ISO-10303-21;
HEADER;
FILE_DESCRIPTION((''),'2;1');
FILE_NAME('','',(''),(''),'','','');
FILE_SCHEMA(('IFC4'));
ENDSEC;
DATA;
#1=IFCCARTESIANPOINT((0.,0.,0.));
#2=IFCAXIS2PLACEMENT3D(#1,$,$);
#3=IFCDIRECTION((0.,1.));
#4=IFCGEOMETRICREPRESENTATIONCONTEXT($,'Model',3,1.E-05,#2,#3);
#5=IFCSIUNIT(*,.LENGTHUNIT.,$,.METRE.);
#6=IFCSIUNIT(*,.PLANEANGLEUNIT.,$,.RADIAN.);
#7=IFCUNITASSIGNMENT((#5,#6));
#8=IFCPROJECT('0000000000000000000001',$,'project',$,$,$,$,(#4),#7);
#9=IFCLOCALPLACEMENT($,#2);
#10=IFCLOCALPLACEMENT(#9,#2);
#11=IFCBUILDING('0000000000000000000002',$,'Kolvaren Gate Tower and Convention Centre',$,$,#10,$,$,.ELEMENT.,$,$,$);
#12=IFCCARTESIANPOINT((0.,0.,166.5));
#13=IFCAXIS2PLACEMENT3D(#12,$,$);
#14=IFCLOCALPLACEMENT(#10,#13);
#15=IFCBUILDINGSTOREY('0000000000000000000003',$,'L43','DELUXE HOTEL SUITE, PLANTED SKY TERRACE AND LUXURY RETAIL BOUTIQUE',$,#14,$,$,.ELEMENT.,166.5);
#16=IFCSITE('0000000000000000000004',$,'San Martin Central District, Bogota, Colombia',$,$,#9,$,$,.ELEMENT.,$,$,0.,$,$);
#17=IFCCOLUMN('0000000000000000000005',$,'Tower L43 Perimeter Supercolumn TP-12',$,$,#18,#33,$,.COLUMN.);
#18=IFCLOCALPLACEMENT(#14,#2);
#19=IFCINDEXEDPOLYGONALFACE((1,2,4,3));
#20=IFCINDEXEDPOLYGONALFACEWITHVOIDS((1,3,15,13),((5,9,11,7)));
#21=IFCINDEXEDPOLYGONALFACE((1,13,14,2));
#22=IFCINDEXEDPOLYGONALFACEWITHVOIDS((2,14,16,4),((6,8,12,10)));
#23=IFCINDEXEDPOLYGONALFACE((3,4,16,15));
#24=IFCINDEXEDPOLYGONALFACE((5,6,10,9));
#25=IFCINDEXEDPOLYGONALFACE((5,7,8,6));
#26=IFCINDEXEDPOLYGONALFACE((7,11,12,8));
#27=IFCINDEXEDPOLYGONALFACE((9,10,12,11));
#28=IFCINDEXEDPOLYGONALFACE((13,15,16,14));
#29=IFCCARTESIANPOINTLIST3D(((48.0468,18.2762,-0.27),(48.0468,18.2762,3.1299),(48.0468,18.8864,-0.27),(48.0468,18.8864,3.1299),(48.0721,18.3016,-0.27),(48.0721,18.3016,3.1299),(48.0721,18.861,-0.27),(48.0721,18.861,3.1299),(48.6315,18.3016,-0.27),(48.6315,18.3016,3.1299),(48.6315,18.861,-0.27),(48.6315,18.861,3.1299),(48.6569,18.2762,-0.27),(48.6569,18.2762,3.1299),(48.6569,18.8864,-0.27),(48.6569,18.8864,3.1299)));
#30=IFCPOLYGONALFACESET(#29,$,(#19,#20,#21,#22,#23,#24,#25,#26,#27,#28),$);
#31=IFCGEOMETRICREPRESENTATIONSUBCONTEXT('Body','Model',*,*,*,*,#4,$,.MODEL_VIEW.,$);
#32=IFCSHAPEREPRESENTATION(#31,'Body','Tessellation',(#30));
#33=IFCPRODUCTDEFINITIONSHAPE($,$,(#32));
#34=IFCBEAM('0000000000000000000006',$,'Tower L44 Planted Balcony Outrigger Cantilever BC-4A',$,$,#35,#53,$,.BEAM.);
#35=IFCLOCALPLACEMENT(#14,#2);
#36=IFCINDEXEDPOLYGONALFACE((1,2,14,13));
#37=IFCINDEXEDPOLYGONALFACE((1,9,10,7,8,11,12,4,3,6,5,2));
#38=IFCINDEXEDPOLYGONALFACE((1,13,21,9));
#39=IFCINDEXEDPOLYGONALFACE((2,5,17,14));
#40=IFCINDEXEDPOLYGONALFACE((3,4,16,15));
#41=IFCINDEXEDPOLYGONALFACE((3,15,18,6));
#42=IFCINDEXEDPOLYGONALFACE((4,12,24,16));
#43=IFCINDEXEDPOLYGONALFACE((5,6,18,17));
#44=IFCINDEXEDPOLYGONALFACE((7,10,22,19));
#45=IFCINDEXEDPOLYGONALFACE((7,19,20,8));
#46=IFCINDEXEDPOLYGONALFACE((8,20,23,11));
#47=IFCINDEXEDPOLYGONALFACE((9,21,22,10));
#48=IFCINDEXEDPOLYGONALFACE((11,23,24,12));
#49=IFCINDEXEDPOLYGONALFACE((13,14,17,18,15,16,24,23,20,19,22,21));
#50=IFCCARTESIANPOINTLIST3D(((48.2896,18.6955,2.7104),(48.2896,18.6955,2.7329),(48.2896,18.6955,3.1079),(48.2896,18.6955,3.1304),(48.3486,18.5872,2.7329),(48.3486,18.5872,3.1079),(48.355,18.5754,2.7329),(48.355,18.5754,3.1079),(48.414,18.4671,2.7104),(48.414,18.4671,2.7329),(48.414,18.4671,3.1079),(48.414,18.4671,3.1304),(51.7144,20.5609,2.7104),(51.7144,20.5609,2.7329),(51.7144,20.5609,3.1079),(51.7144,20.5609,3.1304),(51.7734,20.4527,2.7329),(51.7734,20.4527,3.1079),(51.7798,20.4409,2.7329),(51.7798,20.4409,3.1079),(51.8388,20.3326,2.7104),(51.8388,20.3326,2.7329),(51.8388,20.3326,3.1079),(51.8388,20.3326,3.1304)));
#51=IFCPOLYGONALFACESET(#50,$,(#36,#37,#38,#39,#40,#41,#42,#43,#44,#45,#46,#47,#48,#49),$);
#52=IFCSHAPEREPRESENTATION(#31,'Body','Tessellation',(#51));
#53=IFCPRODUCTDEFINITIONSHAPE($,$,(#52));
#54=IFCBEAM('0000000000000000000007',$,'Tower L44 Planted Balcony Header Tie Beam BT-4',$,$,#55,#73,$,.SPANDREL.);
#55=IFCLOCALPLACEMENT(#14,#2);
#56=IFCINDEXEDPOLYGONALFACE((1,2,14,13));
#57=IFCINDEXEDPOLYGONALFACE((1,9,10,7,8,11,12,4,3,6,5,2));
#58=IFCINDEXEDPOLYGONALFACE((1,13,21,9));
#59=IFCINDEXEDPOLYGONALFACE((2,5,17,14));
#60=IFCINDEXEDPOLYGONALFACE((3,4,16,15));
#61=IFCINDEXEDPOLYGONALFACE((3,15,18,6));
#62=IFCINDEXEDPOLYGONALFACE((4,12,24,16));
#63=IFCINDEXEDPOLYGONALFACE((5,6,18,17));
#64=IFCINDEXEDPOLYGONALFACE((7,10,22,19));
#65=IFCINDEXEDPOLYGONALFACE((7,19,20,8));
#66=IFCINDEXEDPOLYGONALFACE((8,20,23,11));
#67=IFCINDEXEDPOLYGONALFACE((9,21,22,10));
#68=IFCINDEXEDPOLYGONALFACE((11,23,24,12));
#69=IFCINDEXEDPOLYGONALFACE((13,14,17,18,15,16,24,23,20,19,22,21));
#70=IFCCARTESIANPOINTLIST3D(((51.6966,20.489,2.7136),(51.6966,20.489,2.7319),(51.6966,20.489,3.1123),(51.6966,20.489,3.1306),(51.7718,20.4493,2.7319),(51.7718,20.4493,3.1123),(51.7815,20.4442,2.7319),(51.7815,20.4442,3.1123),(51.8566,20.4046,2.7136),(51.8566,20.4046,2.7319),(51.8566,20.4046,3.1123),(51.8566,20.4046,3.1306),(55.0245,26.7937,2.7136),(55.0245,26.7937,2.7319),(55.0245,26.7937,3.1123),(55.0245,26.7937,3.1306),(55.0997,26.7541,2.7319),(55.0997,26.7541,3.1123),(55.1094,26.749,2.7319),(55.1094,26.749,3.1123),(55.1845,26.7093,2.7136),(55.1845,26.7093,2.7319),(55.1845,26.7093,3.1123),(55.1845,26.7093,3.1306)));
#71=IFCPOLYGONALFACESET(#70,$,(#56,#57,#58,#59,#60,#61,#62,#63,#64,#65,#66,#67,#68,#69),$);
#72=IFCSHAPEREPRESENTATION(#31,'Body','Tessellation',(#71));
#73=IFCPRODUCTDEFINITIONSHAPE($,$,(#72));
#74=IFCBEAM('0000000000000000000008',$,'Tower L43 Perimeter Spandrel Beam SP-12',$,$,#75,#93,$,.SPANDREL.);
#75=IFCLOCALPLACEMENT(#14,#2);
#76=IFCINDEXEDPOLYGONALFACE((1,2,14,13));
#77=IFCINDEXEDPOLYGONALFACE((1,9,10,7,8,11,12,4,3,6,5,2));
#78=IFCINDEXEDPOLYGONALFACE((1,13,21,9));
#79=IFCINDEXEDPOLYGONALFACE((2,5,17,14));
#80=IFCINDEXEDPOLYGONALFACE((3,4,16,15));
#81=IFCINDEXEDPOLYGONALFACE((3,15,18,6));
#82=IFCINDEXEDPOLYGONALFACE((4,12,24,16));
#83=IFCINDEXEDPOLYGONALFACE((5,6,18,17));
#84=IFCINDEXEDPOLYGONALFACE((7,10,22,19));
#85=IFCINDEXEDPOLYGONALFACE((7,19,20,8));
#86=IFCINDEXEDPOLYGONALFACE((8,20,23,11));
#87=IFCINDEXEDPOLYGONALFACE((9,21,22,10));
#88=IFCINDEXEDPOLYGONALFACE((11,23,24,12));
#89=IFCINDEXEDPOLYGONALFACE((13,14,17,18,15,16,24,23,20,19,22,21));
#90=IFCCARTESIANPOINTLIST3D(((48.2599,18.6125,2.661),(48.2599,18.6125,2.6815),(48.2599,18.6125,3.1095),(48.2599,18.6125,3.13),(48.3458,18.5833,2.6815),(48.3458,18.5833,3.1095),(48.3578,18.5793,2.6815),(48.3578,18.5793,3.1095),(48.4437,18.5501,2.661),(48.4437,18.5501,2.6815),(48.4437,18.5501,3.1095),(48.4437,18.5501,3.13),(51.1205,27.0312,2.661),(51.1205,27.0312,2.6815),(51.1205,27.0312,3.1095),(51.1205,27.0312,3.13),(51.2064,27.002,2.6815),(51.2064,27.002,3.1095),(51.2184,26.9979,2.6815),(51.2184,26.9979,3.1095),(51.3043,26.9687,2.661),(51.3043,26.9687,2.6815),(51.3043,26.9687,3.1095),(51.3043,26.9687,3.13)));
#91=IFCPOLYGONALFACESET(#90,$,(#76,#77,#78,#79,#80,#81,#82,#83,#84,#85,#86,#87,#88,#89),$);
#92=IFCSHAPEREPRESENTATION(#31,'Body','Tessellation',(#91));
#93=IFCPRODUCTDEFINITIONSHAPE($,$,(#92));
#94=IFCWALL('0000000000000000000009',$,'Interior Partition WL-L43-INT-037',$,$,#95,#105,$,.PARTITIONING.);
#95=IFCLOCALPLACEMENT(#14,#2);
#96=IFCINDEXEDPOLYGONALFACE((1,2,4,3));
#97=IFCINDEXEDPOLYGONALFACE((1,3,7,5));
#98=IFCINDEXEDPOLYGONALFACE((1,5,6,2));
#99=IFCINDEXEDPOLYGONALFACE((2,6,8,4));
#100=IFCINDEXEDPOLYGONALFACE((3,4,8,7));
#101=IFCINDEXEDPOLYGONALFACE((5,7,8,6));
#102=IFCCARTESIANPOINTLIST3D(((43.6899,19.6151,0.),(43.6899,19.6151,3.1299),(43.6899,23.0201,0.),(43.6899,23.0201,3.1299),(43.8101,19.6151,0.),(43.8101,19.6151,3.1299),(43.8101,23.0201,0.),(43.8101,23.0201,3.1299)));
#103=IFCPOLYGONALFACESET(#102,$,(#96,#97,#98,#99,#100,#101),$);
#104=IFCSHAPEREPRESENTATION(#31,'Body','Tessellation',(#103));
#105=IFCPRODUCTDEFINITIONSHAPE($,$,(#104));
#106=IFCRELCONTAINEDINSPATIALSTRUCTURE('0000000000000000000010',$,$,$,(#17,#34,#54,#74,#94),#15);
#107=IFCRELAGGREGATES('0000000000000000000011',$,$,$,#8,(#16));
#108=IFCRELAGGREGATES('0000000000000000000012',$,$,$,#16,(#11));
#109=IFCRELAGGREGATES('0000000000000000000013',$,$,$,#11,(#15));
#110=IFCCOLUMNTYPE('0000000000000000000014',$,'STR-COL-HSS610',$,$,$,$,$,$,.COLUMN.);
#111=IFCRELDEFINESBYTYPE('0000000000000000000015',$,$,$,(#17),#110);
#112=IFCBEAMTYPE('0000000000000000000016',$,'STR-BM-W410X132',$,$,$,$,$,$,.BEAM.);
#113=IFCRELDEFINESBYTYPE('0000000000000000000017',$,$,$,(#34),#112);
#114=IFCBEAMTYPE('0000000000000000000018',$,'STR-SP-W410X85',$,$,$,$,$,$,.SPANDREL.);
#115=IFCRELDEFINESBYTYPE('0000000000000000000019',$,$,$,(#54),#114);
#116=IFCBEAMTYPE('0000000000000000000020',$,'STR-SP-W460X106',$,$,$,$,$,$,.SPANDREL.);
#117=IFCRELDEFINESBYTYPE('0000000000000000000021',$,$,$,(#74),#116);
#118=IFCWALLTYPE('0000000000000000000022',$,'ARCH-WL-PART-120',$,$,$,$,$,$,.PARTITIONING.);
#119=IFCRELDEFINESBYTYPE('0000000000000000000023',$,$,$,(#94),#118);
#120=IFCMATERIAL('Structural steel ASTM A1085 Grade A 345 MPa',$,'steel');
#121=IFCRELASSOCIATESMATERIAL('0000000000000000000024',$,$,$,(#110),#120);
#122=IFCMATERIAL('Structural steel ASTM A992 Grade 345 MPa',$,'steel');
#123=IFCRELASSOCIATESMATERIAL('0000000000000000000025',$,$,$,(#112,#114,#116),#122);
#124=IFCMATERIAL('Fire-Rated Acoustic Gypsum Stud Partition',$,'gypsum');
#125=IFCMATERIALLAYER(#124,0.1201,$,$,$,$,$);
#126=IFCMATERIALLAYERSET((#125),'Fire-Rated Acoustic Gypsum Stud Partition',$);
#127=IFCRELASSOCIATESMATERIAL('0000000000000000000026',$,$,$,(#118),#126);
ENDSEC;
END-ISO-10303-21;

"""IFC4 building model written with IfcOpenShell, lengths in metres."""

from ifc_helpers import new_model, si_unit, direction, frame, frame_2d, origin, origin_2d, place, context, subcontext, project, spatial, rectangle, hollow_rectangle, i_section, extrude, material, layer, layer_set, material_profile, profile_set, type_object, element, save


model = new_model("IFC4")

# Units and contexts
model_context = context("Model", 3, precision=1e-05, world=origin(), true_north=direction((0.0, 1.0)))
body_context = subcontext(model_context, "Body", "Model", "MODEL_VIEW")
ifc_project = project(units=[si_unit("LENGTHUNIT", "METRE"), si_unit("PLANEANGLEUNIT", "RADIAN")], contexts=[model_context])

# Site, building, storey
site_placement = place(None, origin())
site = spatial("IfcSite", under=ifc_project, at=site_placement, Name="San Martin Central District, Bogota, Colombia", CompositionType="ELEMENT", RefElevation=0.0)
building_placement = place(site_placement, origin())
building = spatial("IfcBuilding", under=site, at=building_placement, Name="Kolvaren Gate Tower and Convention Centre", CompositionType="ELEMENT")
storey_placement = place(building_placement, frame((0.0, 0.0, 166.5)))
storey = spatial("IfcBuildingStorey", under=building, at=storey_placement, Name="L43", Description="DELUXE HOTEL SUITE, PLANTED SKY TERRACE AND LUXURY RETAIL BOUTIQUE", CompositionType="ELEMENT", Elevation=166.5)

# Column
ifc_material_1 = material(Name="Structural steel ASTM A1085 Grade A 345 MPa", Category="steel")
ifc_material_profile_1 = material_profile(ifc_material_1, hollow_rectangle(XDim=0.6101, YDim=0.6101, WallThickness=0.0254, at=origin_2d()), Name="HSS610X610X25.4")
ifc_profile_set_1 = profile_set([ifc_material_profile_1], Name="Structural steel ASTM A1085 Grade A 345 MPa")
column_type = type_object("IfcColumnType", Name="STR-COL-HSS610", PredefinedType="COLUMN", material=ifc_profile_set_1)
column_placement = place(storey_placement, frame((48.3518, 18.5813, -0.27), z_axis=(0.0, 0.0, 1.0), x_axis=(1.0, 0.0, 0.0)))
element("IfcColumn", 1, at=column_placement, inside=storey, type_object=column_type, Name="Tower L43 Perimeter Supercolumn TP-12", PredefinedType="COLUMN", context=body_context, shape_type="SweptSolid", body=[
    extrude(hollow_rectangle(XDim=0.6101, YDim=0.6101, WallThickness=0.0254, at=origin_2d()), origin(), (0.0, 0.0, 1.0), 3.3999),
])

# Beams
ifc_material_2 = material(Name="Structural steel ASTM A992 Grade 345 MPa", Category="steel")
ifc_material_profile_2 = material_profile(ifc_material_2, i_section(OverallWidth=0.26, OverallDepth=0.4199, WebThickness=0.0134, FlangeThickness=0.0225, at=origin_2d()), Name="W410X132")
ifc_profile_set_2 = profile_set([ifc_material_profile_2], Name="Structural steel ASTM A992 Grade 345 MPa")
beam_type_1 = type_object("IfcBeamType", Name="STR-BM-W410X132", PredefinedType="BEAM", material=ifc_profile_set_2)
beam_1_placement = place(storey_placement, frame((48.3518, 18.5813, 2.9204), z_axis=(0.878175, 0.478339, 0.0), x_axis=(-0.478339, 0.878175, 0.0)))
element("IfcBeam", 2, at=beam_1_placement, inside=storey, type_object=beam_type_1, Name="Tower L44 Planted Balcony Outrigger Cantilever BC-4A", PredefinedType="BEAM", context=body_context, shape_type="SweptSolid", body=[
    extrude(i_section(OverallWidth=0.26, OverallDepth=0.4199, WebThickness=0.0134, FlangeThickness=0.0225, at=origin_2d()), origin(), (0.0, 0.0, 1.0), 3.8999),
])
ifc_material_profile_3 = material_profile(ifc_material_2, i_section(OverallWidth=0.1809, OverallDepth=0.417, WebThickness=0.011, FlangeThickness=0.0183, at=origin_2d()), Name="W410X85")
ifc_profile_set_3 = profile_set([ifc_material_profile_3], Name="Structural steel ASTM A992 Grade 345 MPa")
beam_type_2 = type_object("IfcBeamType", Name="STR-SP-W410X85", PredefinedType="SPANDREL", material=ifc_profile_set_3)
beam_2_placement = place(storey_placement, frame((51.7766, 20.4468, 2.9221), z_axis=(0.466803, 0.884361, 0.0), x_axis=(-0.884361, 0.466803, 0.0)))
element("IfcBeam", 3, at=beam_2_placement, inside=storey, type_object=beam_type_2, Name="Tower L44 Planted Balcony Header Tie Beam BT-4", PredefinedType="SPANDREL", context=body_context, shape_type="SweptSolid", body=[
    extrude(i_section(OverallWidth=0.1809, OverallDepth=0.417, WebThickness=0.011, FlangeThickness=0.0183, at=origin_2d()), origin(), (0.0, 0.0, 1.0), 7.1292),
])
ifc_material_profile_4 = material_profile(ifc_material_2, i_section(OverallWidth=0.1941, OverallDepth=0.469, WebThickness=0.0127, FlangeThickness=0.0205, at=origin_2d()), Name="W460X106")
ifc_profile_set_4 = profile_set([ifc_material_profile_4], Name="Structural steel ASTM A992 Grade 345 MPa")
beam_type_3 = type_object("IfcBeamType", Name="STR-SP-W460X106", PredefinedType="SPANDREL", material=ifc_profile_set_4)
beam_3_placement = place(storey_placement, frame((48.3518, 18.5813, 2.8955), z_axis=(0.321725, 0.946833, 0.0), x_axis=(-0.946833, 0.321725, 0.0)))
element("IfcBeam", 4, at=beam_3_placement, inside=storey, type_object=beam_type_3, Name="Tower L43 Perimeter Spandrel Beam SP-12", PredefinedType="SPANDREL", context=body_context, shape_type="SweptSolid", body=[
    extrude(i_section(OverallWidth=0.1941, OverallDepth=0.469, WebThickness=0.0127, FlangeThickness=0.0205, at=origin_2d()), origin(), (0.0, 0.0, 1.0), 8.8914),
])

# Wall
ifc_material_3 = material(Name="Fire-Rated Acoustic Gypsum Stud Partition", Category="gypsum")
ifc_layer_1 = layer(ifc_material_3, 0.1201)
ifc_layer_set_1 = layer_set([ifc_layer_1], Name="Fire-Rated Acoustic Gypsum Stud Partition")
wall_type_1 = type_object("IfcWallType", Name="ARCH-WL-PART-120", PredefinedType="PARTITIONING", material=ifc_layer_set_1)
wall_1_placement = place(storey_placement, frame((43.75, 19.615, 0.0), z_axis=(0.0, 0.0, 1.0), x_axis=(0.0, 1.0, 0.0)))
element("IfcWall", 5, at=wall_1_placement, inside=storey, type_object=wall_type_1, Name="Interior Partition WL-L43-INT-037", PredefinedType="PARTITIONING", context=body_context, shape_type="SweptSolid", body=[
    extrude(rectangle(XDim=3.405, YDim=0.1201, at=frame_2d((1.7026, 0.0))), origin(), (0.0, 0.0, 1.0), 3.1299),
])

save(model, "model.ifc")
